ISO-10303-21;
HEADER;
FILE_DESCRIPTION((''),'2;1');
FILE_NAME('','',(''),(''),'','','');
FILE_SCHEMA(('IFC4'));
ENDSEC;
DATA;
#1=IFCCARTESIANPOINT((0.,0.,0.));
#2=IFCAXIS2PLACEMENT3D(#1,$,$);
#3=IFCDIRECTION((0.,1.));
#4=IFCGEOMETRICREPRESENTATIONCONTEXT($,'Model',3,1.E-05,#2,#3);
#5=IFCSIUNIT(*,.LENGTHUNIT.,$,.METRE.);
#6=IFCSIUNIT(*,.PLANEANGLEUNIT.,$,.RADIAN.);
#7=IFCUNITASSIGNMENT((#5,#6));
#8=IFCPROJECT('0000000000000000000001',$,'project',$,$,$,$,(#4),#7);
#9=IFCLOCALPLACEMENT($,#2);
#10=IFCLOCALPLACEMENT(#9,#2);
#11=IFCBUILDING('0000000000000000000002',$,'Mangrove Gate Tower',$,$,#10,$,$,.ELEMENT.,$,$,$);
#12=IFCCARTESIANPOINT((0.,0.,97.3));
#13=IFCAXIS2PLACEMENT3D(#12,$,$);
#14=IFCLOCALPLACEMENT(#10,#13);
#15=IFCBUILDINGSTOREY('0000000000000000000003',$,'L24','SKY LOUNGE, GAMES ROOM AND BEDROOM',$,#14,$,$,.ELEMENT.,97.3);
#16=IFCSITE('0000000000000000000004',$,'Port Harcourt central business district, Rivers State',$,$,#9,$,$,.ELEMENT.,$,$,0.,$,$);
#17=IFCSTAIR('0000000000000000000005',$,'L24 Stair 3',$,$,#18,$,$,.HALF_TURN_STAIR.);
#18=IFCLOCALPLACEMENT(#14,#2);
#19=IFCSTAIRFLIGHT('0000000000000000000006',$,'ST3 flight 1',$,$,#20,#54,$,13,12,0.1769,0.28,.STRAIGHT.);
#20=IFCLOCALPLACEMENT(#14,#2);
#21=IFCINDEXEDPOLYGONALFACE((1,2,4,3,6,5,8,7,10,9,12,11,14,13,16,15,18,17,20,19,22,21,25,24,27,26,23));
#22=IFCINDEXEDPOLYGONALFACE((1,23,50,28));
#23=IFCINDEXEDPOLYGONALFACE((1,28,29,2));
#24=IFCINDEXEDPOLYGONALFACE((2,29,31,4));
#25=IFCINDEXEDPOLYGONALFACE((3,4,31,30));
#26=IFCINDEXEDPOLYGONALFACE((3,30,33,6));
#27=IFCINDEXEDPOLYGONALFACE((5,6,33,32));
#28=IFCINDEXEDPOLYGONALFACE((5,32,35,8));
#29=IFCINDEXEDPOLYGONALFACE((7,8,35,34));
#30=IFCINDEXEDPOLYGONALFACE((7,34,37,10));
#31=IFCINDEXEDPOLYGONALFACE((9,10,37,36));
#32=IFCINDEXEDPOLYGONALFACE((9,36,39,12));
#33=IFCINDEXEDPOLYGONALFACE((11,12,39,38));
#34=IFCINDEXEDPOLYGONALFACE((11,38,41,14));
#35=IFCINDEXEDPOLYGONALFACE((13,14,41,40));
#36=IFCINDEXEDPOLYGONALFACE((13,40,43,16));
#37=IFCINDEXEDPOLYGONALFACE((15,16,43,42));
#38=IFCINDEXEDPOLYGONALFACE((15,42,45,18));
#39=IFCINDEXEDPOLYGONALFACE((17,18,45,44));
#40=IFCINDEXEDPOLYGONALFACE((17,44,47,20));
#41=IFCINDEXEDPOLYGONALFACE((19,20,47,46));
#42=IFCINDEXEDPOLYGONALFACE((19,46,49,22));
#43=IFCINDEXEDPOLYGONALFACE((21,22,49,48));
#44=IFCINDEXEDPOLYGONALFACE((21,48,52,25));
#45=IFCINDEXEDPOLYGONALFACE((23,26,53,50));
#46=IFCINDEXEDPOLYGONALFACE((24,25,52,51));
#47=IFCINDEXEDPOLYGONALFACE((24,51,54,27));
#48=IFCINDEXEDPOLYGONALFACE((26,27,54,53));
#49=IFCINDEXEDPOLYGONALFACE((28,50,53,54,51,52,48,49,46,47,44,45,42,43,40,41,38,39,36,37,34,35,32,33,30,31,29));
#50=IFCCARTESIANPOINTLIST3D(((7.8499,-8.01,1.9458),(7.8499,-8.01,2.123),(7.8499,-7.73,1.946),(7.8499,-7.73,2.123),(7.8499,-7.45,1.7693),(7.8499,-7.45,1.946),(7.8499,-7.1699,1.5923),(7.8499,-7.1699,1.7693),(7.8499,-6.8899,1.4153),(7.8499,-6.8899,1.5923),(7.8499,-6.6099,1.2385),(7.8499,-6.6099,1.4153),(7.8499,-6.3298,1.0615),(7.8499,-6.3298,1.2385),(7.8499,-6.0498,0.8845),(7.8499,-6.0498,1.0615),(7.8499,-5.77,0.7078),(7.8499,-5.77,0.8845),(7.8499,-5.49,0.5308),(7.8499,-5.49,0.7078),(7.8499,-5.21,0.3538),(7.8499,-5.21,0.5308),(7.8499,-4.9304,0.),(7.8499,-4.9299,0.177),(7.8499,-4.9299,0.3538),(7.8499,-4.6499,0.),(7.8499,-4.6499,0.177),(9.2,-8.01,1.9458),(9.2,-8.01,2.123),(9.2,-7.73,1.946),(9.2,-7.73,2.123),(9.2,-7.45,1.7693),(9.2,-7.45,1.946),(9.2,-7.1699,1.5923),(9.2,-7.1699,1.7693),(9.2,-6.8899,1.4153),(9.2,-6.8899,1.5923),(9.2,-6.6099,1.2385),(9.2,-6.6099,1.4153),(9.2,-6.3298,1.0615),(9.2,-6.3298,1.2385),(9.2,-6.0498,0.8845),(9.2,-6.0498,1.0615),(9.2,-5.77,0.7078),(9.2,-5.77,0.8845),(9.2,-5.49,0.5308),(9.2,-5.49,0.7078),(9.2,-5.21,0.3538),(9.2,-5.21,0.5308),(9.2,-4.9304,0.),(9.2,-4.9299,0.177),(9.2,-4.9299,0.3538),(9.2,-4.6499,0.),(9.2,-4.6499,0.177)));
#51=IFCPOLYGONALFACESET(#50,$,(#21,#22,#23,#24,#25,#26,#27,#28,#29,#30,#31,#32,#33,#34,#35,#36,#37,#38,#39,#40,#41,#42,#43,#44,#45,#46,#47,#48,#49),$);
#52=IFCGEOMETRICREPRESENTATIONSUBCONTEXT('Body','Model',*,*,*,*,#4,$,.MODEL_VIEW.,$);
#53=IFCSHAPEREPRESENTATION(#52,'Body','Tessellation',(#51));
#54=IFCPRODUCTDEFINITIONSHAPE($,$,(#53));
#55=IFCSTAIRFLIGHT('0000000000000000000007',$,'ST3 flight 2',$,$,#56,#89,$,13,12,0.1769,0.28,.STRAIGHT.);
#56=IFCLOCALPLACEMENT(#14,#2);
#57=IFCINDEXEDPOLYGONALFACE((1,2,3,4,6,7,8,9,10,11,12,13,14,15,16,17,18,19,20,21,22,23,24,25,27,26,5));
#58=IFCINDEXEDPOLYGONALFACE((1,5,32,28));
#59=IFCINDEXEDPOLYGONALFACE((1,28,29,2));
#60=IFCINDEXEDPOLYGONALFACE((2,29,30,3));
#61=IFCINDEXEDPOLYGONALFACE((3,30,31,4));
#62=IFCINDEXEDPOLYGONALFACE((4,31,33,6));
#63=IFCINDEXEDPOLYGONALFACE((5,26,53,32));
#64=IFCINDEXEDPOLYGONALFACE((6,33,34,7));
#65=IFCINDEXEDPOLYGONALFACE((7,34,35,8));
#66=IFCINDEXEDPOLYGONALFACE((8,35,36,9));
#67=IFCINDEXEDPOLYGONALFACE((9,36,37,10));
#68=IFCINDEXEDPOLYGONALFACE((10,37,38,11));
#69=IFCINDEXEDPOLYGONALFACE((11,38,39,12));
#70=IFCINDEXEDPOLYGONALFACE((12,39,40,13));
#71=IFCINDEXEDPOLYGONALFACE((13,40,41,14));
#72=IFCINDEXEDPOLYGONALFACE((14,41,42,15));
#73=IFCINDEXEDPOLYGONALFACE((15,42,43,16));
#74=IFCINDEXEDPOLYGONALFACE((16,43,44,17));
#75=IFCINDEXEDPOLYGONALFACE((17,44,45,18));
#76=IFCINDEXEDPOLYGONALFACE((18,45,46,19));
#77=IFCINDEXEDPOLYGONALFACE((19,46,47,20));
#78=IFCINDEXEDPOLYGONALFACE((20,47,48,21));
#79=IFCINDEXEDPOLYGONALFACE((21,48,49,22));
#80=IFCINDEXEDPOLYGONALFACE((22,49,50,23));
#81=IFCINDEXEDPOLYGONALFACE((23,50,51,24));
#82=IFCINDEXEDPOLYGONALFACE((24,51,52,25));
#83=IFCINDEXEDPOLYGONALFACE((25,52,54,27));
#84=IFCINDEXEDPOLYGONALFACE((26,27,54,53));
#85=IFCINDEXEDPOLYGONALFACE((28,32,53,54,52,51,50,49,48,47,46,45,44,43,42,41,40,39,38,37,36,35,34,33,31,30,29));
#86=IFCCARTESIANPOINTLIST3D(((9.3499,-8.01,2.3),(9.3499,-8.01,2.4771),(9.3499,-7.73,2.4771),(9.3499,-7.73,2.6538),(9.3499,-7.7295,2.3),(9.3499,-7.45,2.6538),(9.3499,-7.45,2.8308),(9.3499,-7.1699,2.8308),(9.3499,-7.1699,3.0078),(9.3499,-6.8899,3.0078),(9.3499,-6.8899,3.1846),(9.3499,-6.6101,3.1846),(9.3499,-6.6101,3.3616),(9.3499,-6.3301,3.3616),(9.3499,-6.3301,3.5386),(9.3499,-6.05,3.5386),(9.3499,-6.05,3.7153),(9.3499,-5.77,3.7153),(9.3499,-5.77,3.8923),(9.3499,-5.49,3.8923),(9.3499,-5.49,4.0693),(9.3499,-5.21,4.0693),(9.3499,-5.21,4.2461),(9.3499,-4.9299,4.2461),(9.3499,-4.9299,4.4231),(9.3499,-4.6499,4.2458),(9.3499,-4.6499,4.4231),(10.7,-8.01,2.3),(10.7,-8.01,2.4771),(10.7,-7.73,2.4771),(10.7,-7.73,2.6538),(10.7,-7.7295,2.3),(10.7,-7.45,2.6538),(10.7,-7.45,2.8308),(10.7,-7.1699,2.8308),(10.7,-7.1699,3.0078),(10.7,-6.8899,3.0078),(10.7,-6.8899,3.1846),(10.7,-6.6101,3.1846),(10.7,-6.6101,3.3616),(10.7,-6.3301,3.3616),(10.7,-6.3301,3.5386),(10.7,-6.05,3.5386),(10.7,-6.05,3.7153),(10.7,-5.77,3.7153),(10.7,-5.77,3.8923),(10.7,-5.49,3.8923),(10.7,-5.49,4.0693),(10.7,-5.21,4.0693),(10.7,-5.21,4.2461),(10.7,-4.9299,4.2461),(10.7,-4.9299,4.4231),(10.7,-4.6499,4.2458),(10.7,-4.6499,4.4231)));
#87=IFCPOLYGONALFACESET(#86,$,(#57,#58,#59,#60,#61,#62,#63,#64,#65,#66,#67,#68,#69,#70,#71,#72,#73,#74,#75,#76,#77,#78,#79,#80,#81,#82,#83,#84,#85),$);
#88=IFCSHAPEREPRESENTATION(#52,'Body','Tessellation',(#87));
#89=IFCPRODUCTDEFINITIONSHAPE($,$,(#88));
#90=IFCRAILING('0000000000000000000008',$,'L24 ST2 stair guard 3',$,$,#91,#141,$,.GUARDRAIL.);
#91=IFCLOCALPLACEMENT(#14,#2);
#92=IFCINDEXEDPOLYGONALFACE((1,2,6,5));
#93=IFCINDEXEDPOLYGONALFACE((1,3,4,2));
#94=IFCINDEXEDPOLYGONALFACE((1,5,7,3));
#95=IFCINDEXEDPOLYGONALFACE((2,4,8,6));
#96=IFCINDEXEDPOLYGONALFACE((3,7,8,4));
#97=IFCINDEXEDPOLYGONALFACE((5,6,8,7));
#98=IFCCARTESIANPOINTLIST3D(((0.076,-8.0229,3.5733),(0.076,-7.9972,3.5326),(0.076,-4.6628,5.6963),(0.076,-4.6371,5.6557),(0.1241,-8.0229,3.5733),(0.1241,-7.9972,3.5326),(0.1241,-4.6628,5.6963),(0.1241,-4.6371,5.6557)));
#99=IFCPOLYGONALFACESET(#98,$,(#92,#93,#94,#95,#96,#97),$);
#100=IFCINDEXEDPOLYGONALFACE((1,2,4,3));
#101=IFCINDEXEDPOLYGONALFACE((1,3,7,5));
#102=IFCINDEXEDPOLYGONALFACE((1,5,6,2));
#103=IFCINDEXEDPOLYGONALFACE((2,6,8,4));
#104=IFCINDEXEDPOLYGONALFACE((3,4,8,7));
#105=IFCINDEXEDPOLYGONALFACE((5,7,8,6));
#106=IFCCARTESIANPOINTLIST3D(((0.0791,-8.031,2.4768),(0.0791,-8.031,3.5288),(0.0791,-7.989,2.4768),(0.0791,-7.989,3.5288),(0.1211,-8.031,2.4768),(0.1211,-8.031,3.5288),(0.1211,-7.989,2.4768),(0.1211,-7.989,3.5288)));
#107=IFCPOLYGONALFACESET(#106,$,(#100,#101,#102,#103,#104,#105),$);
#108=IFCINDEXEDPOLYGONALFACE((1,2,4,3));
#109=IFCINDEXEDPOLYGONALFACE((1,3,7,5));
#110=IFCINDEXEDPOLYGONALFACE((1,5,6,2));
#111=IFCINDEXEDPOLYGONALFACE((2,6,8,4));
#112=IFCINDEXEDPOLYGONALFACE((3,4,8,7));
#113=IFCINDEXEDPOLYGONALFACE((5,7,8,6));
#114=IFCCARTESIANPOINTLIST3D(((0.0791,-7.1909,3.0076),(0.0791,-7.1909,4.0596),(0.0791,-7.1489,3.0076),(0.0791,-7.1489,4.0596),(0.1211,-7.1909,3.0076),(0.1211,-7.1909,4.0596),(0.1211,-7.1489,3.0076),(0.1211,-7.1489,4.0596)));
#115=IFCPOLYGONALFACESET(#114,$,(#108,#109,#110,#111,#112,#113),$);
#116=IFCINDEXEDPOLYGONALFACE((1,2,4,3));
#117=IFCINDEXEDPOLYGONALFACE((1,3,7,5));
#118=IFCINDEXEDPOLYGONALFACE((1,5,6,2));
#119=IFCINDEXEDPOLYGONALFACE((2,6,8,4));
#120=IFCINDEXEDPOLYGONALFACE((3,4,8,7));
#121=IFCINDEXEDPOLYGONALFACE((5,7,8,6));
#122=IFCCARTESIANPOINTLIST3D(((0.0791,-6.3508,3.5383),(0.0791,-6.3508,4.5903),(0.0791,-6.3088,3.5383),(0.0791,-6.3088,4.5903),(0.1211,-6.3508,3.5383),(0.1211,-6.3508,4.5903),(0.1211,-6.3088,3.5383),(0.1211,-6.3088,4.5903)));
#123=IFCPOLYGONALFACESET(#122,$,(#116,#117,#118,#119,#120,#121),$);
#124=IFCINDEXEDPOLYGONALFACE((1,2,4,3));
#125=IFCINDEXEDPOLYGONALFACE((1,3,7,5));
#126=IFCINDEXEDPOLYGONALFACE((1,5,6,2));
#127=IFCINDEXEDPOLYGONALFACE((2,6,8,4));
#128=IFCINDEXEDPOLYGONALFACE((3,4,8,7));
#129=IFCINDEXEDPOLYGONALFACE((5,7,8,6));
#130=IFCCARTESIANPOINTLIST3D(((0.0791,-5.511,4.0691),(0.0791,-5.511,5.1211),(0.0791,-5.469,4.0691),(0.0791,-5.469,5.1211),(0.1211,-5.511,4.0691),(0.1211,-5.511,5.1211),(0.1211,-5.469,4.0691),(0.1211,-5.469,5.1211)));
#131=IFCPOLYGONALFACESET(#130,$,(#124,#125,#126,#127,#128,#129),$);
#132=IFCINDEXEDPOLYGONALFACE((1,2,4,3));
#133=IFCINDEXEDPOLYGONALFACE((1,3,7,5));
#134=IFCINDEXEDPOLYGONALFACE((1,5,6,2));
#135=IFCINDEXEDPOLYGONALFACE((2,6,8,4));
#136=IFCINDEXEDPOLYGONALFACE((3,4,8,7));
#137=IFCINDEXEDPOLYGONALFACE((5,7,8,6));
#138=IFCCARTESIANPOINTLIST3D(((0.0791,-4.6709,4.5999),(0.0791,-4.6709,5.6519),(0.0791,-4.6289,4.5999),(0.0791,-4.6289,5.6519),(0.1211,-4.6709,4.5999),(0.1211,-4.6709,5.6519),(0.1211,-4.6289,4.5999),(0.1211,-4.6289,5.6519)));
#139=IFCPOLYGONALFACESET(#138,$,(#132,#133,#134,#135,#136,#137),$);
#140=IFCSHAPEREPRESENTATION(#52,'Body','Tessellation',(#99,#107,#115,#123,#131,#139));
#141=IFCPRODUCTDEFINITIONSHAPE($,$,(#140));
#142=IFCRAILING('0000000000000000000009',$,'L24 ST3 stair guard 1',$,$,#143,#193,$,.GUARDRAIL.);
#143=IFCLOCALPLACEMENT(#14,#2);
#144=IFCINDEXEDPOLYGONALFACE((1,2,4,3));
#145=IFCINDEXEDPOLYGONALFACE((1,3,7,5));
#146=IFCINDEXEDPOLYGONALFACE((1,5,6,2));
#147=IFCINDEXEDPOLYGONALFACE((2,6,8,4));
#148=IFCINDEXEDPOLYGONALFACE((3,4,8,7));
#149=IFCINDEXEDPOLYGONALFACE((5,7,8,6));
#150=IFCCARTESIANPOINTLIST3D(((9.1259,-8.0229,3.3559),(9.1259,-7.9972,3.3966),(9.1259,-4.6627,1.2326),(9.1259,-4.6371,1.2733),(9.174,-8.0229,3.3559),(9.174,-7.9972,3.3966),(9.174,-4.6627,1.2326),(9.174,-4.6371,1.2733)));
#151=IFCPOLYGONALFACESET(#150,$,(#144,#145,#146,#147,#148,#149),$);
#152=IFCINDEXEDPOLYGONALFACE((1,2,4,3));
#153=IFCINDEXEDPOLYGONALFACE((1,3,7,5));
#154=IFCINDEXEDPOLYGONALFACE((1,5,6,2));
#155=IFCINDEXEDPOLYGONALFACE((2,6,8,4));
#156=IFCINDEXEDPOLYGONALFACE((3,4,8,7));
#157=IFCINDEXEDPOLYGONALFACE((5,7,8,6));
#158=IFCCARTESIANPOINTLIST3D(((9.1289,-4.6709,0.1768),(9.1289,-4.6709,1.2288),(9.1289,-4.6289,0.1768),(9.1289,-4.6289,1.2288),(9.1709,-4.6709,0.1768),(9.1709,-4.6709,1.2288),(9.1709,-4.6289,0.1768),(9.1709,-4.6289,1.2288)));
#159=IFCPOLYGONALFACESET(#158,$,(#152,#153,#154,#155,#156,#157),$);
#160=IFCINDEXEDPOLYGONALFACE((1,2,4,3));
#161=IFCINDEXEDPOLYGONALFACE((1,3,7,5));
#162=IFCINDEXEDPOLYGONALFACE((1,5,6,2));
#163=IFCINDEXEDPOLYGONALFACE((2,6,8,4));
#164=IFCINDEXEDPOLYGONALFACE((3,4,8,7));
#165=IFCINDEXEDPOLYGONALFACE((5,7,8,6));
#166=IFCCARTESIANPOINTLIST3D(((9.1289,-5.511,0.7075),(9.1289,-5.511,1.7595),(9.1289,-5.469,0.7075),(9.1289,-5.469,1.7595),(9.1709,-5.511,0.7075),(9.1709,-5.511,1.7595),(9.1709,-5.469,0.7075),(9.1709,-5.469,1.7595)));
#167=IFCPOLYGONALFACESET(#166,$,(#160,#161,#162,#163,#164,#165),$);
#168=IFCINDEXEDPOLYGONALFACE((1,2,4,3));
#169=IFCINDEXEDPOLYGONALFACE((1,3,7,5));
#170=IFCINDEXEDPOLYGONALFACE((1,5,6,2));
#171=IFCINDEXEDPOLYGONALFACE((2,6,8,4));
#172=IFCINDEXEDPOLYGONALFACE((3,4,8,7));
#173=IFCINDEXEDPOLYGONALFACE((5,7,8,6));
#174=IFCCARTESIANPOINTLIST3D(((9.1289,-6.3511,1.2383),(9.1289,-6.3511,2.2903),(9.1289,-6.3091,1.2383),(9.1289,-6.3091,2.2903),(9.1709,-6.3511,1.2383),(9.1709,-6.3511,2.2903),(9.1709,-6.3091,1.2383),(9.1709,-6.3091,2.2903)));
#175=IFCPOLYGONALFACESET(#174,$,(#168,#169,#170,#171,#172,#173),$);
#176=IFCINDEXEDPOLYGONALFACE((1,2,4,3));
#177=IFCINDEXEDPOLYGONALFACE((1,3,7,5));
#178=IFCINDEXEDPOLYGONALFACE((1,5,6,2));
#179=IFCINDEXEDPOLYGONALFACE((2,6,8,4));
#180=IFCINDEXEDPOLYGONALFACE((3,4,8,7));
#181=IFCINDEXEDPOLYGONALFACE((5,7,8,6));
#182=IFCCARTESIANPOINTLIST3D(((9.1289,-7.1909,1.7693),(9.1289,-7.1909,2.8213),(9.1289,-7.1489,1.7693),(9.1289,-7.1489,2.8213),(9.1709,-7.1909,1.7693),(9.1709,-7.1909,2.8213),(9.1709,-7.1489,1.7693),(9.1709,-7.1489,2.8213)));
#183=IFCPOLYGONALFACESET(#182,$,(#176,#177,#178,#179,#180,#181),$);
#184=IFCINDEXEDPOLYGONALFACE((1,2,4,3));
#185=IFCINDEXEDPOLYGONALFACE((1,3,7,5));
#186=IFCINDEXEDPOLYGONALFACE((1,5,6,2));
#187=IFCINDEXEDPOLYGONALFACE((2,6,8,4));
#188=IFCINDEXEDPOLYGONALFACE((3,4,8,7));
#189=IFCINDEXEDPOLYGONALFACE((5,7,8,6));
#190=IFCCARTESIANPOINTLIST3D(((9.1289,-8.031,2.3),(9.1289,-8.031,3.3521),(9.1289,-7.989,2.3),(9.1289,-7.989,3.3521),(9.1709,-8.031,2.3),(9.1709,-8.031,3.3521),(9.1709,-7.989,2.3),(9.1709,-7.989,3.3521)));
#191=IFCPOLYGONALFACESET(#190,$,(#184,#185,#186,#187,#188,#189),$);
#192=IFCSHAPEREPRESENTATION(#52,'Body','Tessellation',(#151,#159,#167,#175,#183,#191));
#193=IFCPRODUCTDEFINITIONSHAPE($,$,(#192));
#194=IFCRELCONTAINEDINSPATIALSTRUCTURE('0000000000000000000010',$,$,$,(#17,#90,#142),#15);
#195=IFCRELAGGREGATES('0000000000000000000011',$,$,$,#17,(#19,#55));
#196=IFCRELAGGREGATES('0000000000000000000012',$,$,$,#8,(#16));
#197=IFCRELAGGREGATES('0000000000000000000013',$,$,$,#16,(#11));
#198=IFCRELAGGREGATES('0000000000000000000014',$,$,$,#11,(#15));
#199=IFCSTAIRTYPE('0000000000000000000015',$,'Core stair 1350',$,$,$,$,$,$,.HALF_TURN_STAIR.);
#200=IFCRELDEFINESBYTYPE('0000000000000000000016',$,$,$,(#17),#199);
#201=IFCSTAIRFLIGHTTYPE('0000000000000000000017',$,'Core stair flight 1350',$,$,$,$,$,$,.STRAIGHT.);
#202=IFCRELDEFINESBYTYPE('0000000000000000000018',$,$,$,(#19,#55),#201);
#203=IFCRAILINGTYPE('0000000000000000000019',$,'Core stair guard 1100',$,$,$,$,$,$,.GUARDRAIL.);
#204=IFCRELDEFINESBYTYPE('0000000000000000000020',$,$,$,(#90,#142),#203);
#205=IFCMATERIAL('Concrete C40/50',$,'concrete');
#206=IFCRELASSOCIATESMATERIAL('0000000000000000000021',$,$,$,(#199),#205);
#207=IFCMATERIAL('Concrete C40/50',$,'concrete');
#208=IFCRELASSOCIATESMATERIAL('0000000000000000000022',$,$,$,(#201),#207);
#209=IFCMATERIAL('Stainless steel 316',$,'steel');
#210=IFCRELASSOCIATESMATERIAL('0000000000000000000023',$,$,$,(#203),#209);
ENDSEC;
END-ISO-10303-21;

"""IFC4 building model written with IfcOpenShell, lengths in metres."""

from ifc_helpers import new_model, si_unit, direction, frame, origin, origin_2d, place, context, subcontext, project, spatial, polyline, rectangle, outline, extrude, material, type_object, element, aggregate, save


model = new_model("IFC4")

# Units and contexts
model_context = context("Model", 3, precision=1e-05, world=origin(), true_north=direction((0.0, 1.0)))
body_context = subcontext(model_context, "Body", "Model", "MODEL_VIEW")
ifc_project = project(units=[si_unit("LENGTHUNIT", "METRE"), si_unit("PLANEANGLEUNIT", "RADIAN")], contexts=[model_context])

# Site, building, storey
site_placement = place(None, origin())
site = spatial("IfcSite", under=ifc_project, at=site_placement, Name="Port Harcourt central business district, Rivers State", CompositionType="ELEMENT", RefElevation=0.0)
building_placement = place(site_placement, origin())
building = spatial("IfcBuilding", under=site, at=building_placement, Name="Mangrove Gate Tower", CompositionType="ELEMENT")
storey_placement = place(building_placement, frame((0.0, 0.0, 97.3)))
storey = spatial("IfcBuildingStorey", under=building, at=storey_placement, Name="L24", Description="SKY LOUNGE, GAMES ROOM AND BEDROOM", CompositionType="ELEMENT", Elevation=97.3)

# Shared definitions
ifc_material_1 = material(Name="Concrete C40/50", Category="concrete")
stair_type = type_object("IfcStairType", Name="Core stair 1350", PredefinedType="HALF_TURN_STAIR", material=ifc_material_1)
ifc_material_2 = material(Name="Concrete C40/50", Category="concrete")
stair_flight_type = type_object("IfcStairFlightType", Name="Core stair flight 1350", PredefinedType="STRAIGHT", material=ifc_material_2)

# Stair, stair flights
stair_1_placement = place(storey_placement, origin())
stair_1 = element("IfcStair", 1, at=stair_1_placement, inside=storey, type_object=stair_type, Name="L24 Stair 3", PredefinedType="HALF_TURN_STAIR")
stair_flight_1_placement = place(storey_placement, frame((8.5249, -4.6499, 0.0), z_axis=(0.0, 0.0, 1.0), x_axis=(0.0, -1.0, 0.0)))
stair_flight_1 = element("IfcStairFlight", 2, at=stair_flight_1_placement, type_object=stair_flight_type, Name="ST3 flight 1", NumberOfRisers=13, NumberOfTreads=12, PredefinedType="STRAIGHT", RiserHeight=0.1769, TreadLength=0.28, context=body_context, shape_type="SweptSolid", body=[
    extrude(outline(polyline([(0.0, 0.0), (0.0, 0.177), (0.28, 0.177), (0.28, 0.3538), (0.5601, 0.3538), (0.5601, 0.5308), (0.8401, 0.5308), (0.8401, 0.7078), (1.1201, 0.7078), (1.1201, 0.8845), (1.3999, 0.8845), (1.3999, 1.0615), (1.6799, 1.0615), (1.6799, 1.2385), (1.96, 1.2385), (1.96, 1.4153), (2.24, 1.4153), (2.24, 1.5923), (2.52, 1.5923), (2.52, 1.7693), (2.8, 1.7693), (2.8, 1.946), (3.0801, 1.946), (3.0801, 2.123), (3.3601, 2.123), (3.3601, 2.3), (3.3601, 1.9458), (0.2805, 0.0), (0.0, 0.0)])), frame((0.0, 0.675, 0.0), z_axis=(0.0, -1.0, 0.0), x_axis=(1.0, 0.0, 0.0)), (0.0, 0.0, 1.0), 1.3501),
])
stair_flight_2_placement = place(storey_placement, frame((10.0249, -8.01, 2.3), z_axis=(0.0, 0.0, 1.0), x_axis=(0.0, 1.0, 0.0)))
stair_flight_2 = element("IfcStairFlight", 3, at=stair_flight_2_placement, type_object=stair_flight_type, Name="ST3 flight 2", NumberOfRisers=13, NumberOfTreads=12, PredefinedType="STRAIGHT", RiserHeight=0.1769, TreadLength=0.28, context=body_context, shape_type="SweptSolid", body=[
    extrude(outline(polyline([(0.0, 0.0), (0.0, 0.177), (0.28, 0.177), (0.28, 0.3538), (0.5601, 0.3538), (0.5601, 0.5308), (0.8401, 0.5308), (0.8401, 0.7078), (1.1201, 0.7078), (1.1201, 0.8845), (1.3999, 0.8845), (1.3999, 1.0615), (1.6799, 1.0615), (1.6799, 1.2385), (1.96, 1.2385), (1.96, 1.4153), (2.24, 1.4153), (2.24, 1.5923), (2.52, 1.5923), (2.52, 1.7693), (2.8, 1.7693), (2.8, 1.946), (3.0801, 1.946), (3.0801, 2.123), (3.3601, 2.123), (3.3601, 2.3), (3.3601, 1.9458), (0.2805, 0.0), (0.0, 0.0)])), frame((0.0, 0.675, 0.0), z_axis=(0.0, -1.0, 0.0), x_axis=(1.0, 0.0, 0.0)), (0.0, 0.0, 1.0), 1.3501),
])
aggregate(stair_1, [stair_flight_1, stair_flight_2])

# Railings
ifc_material_3 = material(Name="Stainless steel 316", Category="steel")
railing_type_1 = type_object("IfcRailingType", Name="Core stair guard 1100", PredefinedType="GUARDRAIL", material=ifc_material_3)
railing_1_placement = place(storey_placement, frame((0.1001, -8.01, 2.4768)))
element("IfcRailing", 4, at=railing_1_placement, inside=storey, type_object=railing_type_1, Name="L24 ST2 stair guard 3", PredefinedType="GUARDRAIL", context=body_context, shape_type="SweptSolid", body=[
    extrude(rectangle(XDim=0.0481, YDim=0.0481, at=origin_2d()), frame((0.0, 0.0, 1.0762), z_axis=(0.0, 0.84539, 0.53415), x_axis=(-1.0, 0.0, 0.0)), (0.0, 0.0, 1.0), 3.9746),
    extrude(rectangle(XDim=0.042, YDim=0.042, at=origin_2d()), origin(), (0.0, 0.0, 1.0), 1.052),
    extrude(rectangle(XDim=0.042, YDim=0.042, at=origin_2d()), frame((0.0, 0.8401, 0.5308)), (0.0, 0.0, 1.0), 1.052),
    extrude(rectangle(XDim=0.042, YDim=0.042, at=origin_2d()), frame((0.0, 1.6802, 1.0615)), (0.0, 0.0, 1.0), 1.052),
    extrude(rectangle(XDim=0.042, YDim=0.042, at=origin_2d()), frame((0.0, 2.52, 1.5923)), (0.0, 0.0, 1.0), 1.052),
    extrude(rectangle(XDim=0.042, YDim=0.042, at=origin_2d()), frame((0.0, 3.3601, 2.123)), (0.0, 0.0, 1.0), 1.052),
])
railing_2_placement = place(storey_placement, frame((9.1499, -4.6499, 0.1768)))
element("IfcRailing", 5, at=railing_2_placement, inside=storey, type_object=railing_type_1, Name="L24 ST3 stair guard 1", PredefinedType="GUARDRAIL", context=body_context, shape_type="SweptSolid", body=[
    extrude(rectangle(XDim=0.0481, YDim=0.0481, at=origin_2d()), frame((0.0, 0.0, 1.0762), z_axis=(0.0, -0.845362, 0.534194), x_axis=(1.0, 0.0, 0.0)), (0.0, 0.0, 1.0), 3.9749),
    extrude(rectangle(XDim=0.042, YDim=0.042, at=origin_2d()), origin(), (0.0, 0.0, 1.0), 1.052),
    extrude(rectangle(XDim=0.042, YDim=0.042, at=origin_2d()), frame((0.0, -0.8401, 0.5308)), (0.0, 0.0, 1.0), 1.052),
    extrude(rectangle(XDim=0.042, YDim=0.042, at=origin_2d()), frame((0.0, -1.6802, 1.0615)), (0.0, 0.0, 1.0), 1.052),
    extrude(rectangle(XDim=0.042, YDim=0.042, at=origin_2d()), frame((0.0, -2.52, 1.5925)), (0.0, 0.0, 1.0), 1.052),
    extrude(rectangle(XDim=0.042, YDim=0.042, at=origin_2d()), frame((0.0, -3.3601, 2.1233)), (0.0, 0.0, 1.0), 1.052),
])

save(model, "model.ifc")
